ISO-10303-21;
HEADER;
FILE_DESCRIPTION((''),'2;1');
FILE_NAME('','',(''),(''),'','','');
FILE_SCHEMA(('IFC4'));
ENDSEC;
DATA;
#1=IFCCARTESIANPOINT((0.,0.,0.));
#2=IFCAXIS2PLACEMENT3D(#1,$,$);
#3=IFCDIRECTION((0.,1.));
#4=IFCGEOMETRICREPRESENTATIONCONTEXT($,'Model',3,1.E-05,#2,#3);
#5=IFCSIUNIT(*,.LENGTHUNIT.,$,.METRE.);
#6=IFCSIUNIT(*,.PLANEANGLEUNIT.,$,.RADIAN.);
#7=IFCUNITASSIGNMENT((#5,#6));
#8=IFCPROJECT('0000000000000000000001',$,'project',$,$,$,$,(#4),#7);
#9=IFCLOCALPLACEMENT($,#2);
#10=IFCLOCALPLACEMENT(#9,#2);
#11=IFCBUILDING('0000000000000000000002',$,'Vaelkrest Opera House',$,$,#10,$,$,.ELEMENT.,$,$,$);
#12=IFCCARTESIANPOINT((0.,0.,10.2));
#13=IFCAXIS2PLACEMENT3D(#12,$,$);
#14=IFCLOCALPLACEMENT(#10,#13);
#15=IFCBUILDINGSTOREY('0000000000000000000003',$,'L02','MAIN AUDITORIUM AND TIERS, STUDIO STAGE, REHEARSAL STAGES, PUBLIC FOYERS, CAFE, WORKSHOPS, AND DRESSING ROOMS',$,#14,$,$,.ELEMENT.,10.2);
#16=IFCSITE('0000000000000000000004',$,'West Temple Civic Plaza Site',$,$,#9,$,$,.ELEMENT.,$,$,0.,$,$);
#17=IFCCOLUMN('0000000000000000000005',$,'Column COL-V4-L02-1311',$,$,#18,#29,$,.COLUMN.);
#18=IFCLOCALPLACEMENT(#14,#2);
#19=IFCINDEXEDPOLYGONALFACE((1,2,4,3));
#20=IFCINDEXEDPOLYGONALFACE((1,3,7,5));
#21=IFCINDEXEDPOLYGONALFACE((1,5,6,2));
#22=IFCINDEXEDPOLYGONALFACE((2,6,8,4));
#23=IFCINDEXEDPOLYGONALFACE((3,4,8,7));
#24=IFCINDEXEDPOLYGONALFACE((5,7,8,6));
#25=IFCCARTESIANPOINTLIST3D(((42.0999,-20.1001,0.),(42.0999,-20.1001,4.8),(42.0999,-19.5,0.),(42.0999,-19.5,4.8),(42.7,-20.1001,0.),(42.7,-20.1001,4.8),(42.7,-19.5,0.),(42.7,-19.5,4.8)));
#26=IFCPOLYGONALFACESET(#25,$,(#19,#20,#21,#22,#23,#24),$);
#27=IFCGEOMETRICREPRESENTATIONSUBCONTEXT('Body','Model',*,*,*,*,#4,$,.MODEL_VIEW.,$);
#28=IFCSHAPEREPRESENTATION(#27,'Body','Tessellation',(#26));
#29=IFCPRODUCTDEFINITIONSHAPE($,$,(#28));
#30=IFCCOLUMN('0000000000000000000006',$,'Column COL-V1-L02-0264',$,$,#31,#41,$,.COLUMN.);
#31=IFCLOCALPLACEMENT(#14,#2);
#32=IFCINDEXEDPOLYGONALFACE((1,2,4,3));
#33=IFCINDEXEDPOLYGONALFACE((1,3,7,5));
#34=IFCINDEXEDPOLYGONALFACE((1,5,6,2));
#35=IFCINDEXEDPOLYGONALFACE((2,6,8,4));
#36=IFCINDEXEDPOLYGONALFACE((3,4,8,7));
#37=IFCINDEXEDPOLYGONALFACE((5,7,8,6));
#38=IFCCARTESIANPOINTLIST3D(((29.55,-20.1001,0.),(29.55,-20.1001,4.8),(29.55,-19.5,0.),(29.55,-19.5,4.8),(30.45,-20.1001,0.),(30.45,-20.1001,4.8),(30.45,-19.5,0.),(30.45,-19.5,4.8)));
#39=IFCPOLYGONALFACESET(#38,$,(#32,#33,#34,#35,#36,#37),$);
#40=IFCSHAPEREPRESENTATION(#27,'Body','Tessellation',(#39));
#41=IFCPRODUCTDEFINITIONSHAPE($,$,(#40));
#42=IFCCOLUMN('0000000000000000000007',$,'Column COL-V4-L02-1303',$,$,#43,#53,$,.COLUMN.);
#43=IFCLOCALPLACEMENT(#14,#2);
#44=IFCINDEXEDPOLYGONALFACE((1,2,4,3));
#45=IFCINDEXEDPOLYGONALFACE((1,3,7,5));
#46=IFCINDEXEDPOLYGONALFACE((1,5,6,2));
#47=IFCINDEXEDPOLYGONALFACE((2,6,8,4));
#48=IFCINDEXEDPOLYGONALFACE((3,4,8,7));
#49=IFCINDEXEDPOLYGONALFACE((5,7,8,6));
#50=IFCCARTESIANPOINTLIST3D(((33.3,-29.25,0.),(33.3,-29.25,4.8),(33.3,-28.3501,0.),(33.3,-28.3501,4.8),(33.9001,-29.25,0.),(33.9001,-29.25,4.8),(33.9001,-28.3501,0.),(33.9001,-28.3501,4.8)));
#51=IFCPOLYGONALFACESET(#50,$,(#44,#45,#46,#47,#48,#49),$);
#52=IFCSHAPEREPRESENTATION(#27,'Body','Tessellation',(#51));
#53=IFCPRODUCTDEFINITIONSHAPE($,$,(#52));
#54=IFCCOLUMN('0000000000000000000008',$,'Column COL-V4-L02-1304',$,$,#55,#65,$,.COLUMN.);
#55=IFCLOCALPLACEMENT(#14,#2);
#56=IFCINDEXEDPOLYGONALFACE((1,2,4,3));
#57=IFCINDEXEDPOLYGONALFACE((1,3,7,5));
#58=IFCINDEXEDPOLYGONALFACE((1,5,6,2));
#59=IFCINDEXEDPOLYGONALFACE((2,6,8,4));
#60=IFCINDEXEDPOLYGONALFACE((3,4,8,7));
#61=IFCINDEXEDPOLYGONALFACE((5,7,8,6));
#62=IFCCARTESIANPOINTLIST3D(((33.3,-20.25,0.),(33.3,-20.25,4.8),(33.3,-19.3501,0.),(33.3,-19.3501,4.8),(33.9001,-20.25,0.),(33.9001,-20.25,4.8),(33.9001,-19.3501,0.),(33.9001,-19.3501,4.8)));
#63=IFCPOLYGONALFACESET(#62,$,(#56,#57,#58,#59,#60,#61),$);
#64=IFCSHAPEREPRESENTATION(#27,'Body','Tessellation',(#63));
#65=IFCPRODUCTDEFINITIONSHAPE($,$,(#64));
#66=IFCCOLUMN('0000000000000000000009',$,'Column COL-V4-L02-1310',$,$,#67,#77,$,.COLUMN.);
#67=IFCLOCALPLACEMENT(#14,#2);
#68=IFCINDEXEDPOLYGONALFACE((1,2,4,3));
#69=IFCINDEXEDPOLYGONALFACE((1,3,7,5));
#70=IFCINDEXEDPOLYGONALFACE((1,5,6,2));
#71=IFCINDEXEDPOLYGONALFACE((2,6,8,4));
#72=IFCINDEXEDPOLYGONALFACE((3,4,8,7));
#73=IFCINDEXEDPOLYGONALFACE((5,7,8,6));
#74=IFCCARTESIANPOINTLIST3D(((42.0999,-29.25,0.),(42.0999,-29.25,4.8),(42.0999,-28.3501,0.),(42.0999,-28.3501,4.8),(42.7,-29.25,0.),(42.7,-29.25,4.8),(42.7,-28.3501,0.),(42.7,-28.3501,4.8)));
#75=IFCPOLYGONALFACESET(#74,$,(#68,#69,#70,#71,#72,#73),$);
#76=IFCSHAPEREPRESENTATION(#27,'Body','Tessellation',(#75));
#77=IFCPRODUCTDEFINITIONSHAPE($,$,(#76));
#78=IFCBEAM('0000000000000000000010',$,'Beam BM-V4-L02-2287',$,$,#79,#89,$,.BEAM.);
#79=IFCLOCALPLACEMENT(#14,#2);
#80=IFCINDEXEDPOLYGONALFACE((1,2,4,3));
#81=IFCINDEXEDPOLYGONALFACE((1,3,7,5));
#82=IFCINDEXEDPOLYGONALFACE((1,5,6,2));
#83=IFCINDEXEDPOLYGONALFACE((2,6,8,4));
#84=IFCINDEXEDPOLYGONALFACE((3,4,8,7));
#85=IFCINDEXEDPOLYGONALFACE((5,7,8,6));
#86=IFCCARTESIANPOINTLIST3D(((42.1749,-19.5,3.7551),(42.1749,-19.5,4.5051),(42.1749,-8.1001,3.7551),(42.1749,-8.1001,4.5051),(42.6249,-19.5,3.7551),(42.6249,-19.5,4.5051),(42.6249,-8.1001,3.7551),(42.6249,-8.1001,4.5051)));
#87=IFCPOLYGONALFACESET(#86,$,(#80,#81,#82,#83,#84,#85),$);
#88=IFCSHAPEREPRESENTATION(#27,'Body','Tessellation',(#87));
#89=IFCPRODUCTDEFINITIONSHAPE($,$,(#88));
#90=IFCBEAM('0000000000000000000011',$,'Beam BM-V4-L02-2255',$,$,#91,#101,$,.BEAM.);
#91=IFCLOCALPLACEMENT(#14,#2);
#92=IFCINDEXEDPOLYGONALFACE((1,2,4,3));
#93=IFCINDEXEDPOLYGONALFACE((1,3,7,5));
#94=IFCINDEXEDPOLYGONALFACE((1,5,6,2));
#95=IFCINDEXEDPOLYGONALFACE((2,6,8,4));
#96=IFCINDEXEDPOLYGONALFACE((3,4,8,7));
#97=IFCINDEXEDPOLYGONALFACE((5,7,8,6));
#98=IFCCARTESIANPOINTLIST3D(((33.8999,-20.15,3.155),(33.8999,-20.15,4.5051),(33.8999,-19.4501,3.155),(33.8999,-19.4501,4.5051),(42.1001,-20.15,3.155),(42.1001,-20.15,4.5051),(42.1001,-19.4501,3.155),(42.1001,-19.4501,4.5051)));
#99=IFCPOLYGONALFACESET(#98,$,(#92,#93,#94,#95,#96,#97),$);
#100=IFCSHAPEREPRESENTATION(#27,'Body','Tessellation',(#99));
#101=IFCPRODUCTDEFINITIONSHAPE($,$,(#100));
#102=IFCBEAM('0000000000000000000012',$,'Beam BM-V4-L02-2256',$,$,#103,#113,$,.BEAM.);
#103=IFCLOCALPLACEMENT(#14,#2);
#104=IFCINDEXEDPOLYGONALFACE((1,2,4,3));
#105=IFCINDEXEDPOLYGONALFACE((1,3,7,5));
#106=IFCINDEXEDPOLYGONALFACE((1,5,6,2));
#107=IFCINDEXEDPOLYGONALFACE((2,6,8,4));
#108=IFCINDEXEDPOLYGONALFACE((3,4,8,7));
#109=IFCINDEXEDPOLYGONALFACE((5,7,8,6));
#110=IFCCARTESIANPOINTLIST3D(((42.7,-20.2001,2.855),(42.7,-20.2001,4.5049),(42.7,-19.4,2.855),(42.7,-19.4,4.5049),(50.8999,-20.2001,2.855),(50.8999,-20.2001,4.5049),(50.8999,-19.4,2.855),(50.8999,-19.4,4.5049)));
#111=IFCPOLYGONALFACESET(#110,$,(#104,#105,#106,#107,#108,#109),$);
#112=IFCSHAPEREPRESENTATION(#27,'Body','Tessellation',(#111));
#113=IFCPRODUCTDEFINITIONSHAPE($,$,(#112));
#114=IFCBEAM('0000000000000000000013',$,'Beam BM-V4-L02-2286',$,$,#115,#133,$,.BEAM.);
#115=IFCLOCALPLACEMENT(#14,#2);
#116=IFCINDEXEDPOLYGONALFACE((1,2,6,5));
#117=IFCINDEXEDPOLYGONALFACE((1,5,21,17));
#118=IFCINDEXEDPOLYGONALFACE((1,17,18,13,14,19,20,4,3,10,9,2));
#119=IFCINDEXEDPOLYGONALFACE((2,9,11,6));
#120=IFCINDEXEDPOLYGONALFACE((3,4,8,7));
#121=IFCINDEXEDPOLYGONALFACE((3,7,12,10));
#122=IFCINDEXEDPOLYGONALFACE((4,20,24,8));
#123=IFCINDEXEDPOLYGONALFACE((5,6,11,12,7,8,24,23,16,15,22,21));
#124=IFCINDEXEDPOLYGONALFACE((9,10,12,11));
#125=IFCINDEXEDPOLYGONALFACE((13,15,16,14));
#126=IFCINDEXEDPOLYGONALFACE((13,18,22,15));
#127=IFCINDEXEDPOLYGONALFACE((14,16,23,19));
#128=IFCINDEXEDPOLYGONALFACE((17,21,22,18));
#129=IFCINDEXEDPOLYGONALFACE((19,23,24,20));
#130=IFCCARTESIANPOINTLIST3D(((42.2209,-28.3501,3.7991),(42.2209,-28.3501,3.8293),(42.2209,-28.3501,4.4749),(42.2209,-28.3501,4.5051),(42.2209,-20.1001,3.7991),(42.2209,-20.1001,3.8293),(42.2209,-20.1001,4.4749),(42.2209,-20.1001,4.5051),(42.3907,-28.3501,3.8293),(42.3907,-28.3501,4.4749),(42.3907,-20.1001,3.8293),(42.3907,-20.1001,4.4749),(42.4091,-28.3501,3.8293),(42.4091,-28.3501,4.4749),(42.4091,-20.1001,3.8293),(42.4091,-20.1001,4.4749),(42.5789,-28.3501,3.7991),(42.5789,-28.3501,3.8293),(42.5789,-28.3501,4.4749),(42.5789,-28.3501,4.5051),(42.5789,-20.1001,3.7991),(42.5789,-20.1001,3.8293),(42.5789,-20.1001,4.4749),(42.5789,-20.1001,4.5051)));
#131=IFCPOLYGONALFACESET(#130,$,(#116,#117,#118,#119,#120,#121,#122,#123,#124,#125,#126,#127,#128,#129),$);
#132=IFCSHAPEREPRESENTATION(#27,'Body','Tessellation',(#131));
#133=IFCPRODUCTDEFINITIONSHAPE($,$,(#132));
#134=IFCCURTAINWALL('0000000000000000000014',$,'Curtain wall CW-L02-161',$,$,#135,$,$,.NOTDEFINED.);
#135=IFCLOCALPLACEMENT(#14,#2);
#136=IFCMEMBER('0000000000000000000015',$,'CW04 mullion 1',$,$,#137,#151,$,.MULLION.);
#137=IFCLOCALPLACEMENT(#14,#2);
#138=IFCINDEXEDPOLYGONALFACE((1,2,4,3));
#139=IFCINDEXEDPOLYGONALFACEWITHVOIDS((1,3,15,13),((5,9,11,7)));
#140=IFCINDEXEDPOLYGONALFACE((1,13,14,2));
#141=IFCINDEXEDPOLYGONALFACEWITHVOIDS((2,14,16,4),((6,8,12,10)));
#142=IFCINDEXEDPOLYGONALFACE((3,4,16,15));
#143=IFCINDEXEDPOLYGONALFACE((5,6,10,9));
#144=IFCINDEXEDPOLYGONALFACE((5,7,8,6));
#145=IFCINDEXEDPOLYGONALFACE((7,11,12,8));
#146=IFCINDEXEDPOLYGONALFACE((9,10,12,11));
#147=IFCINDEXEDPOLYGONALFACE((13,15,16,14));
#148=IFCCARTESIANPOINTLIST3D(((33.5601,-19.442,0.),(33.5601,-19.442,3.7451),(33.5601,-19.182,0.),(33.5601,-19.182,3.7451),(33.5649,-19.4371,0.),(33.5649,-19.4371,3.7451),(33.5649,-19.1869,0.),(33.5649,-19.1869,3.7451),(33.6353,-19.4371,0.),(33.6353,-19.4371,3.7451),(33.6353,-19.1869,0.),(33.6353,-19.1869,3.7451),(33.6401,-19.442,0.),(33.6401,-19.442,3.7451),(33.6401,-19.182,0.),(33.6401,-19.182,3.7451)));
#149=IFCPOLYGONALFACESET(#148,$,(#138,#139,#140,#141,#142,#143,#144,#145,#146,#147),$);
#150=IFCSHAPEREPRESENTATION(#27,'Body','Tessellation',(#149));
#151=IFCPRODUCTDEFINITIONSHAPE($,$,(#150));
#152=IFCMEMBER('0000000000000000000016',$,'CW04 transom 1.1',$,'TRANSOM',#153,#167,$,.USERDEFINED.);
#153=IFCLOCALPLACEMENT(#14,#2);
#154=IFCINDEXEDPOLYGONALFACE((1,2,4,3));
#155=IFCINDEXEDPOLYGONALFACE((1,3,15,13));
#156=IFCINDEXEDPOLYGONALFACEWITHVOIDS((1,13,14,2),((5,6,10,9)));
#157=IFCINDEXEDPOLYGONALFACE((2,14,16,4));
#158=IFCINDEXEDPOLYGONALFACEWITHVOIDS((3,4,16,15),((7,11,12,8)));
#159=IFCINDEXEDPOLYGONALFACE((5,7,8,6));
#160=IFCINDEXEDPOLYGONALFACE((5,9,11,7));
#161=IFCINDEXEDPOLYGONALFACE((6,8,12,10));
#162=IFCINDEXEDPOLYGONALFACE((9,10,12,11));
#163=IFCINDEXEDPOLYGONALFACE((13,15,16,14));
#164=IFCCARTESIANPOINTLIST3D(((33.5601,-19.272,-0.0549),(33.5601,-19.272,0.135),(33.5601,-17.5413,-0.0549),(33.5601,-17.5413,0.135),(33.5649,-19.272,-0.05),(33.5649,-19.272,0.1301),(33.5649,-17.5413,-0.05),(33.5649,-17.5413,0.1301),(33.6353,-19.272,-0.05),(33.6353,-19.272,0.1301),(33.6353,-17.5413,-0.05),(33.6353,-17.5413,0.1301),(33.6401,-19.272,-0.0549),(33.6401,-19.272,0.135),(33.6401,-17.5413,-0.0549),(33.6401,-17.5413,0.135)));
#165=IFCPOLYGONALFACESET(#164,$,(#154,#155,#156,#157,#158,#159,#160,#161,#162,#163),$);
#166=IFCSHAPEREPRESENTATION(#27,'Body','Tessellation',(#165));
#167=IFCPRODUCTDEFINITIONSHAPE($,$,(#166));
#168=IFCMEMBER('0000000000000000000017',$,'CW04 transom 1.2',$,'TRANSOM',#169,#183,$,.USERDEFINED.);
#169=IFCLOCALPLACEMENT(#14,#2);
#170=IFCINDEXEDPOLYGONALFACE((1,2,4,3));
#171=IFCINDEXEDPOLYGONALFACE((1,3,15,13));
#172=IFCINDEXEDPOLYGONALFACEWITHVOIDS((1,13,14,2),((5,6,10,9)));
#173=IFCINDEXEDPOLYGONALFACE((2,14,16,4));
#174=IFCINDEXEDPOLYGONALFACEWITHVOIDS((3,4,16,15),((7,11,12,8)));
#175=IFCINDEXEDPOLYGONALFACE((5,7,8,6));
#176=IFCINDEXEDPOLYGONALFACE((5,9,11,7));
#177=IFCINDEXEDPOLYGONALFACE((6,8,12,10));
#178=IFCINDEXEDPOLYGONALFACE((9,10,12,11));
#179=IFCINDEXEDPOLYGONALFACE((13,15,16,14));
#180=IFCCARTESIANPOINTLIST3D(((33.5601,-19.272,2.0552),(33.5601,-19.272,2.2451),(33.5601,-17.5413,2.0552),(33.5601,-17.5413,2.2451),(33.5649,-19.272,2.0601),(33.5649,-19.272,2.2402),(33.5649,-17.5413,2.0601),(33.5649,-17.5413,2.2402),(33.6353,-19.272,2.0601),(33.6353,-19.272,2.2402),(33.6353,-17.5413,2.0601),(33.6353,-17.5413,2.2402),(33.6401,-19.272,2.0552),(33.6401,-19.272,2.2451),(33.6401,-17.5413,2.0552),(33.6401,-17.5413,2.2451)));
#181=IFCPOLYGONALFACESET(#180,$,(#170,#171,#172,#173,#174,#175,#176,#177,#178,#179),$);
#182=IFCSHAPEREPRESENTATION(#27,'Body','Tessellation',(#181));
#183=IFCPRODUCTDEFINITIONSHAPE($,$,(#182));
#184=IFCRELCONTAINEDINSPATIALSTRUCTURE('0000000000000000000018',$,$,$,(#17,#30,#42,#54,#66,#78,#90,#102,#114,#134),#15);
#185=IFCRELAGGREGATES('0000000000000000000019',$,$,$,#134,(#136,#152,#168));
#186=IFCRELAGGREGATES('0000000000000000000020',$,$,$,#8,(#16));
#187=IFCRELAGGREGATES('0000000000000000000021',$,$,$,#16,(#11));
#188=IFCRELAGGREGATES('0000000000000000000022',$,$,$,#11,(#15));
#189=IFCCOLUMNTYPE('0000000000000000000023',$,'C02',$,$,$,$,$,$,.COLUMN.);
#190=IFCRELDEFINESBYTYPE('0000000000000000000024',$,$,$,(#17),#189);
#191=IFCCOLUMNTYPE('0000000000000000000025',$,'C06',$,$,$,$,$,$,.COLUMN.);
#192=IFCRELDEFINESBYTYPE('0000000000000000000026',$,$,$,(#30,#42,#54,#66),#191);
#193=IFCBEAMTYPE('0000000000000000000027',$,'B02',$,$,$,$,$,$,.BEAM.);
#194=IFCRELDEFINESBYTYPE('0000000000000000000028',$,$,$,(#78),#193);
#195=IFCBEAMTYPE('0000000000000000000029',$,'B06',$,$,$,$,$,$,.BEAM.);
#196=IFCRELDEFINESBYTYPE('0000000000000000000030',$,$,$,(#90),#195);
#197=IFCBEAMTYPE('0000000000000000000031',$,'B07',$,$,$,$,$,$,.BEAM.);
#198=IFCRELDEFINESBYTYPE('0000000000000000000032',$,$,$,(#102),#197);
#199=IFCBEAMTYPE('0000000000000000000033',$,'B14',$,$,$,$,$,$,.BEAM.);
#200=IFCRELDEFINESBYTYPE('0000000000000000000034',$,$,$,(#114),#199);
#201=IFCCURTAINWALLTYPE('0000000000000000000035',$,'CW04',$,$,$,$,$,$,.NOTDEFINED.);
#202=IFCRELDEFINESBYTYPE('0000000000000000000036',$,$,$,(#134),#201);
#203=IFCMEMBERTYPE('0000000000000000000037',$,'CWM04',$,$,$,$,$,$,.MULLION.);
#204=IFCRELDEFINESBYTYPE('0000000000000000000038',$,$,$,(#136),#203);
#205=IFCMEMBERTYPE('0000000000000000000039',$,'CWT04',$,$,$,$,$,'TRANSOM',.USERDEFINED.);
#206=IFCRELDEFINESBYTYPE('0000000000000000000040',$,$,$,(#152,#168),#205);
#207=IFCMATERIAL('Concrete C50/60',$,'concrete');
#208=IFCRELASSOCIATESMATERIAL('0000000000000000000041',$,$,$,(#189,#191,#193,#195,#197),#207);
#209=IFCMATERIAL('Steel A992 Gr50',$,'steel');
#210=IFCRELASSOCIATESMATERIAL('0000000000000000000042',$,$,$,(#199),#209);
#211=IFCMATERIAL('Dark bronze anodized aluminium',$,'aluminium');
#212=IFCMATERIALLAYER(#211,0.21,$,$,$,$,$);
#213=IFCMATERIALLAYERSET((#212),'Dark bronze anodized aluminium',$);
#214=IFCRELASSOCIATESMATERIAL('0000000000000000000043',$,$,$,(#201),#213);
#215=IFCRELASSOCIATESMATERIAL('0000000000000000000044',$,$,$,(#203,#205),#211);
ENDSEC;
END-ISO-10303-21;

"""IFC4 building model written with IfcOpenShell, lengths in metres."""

from ifc_helpers import new_model, si_unit, direction, frame, origin, origin_2d, place, context, subcontext, project, spatial, rectangle, hollow_rectangle, i_section, extrude, material, layer, layer_set, material_profile, profile_set, type_object, element, aggregate, save


model = new_model("IFC4")

# Units and contexts
model_context = context("Model", 3, precision=1e-05, world=origin(), true_north=direction((0.0, 1.0)))
body_context = subcontext(model_context, "Body", "Model", "MODEL_VIEW")
ifc_project = project(units=[si_unit("LENGTHUNIT", "METRE"), si_unit("PLANEANGLEUNIT", "RADIAN")], contexts=[model_context])

# Site, building, storey
site_placement = place(None, origin())
site = spatial("IfcSite", under=ifc_project, at=site_placement, Name="West Temple Civic Plaza Site", CompositionType="ELEMENT", RefElevation=0.0)
building_placement = place(site_placement, origin())
building = spatial("IfcBuilding", under=site, at=building_placement, Name="Vaelkrest Opera House", CompositionType="ELEMENT")
storey_placement = place(building_placement, frame((0.0, 0.0, 10.2)))
storey = spatial("IfcBuildingStorey", under=building, at=storey_placement, Name="L02", Description="MAIN AUDITORIUM AND TIERS, STUDIO STAGE, REHEARSAL STAGES, PUBLIC FOYERS, CAFE, WORKSHOPS, AND DRESSING ROOMS", CompositionType="ELEMENT", Elevation=10.2)

# Columns
ifc_material_1 = material(Name="Concrete C50/60", Category="concrete")
ifc_material_profile_1 = material_profile(ifc_material_1, rectangle(XDim=0.6001, YDim=0.6001, at=origin_2d()), Name="RC600X600")
ifc_profile_set_1 = profile_set([ifc_material_profile_1], Name="Concrete C50/60")
column_type_1 = type_object("IfcColumnType", Name="C02", PredefinedType="COLUMN", material=ifc_profile_set_1)
column_placement = place(storey_placement, frame((42.3999, -19.8, 0.0), z_axis=(0.0, 0.0, 1.0), x_axis=(1.0, 0.0, 0.0)))
element("IfcColumn", 1, at=column_placement, inside=storey, type_object=column_type_1, Name="Column COL-V4-L02-1311", PredefinedType="COLUMN", context=body_context, shape_type="SweptSolid", body=[
    extrude(rectangle(XDim=0.6001, YDim=0.6001, at=origin_2d()), origin(), (0.0, 0.0, 1.0), 4.8),
])
ifc_material_profile_2 = material_profile(ifc_material_1, rectangle(XDim=0.6001, YDim=0.8999, at=origin_2d()), Name="RC600X900")
ifc_profile_set_2 = profile_set([ifc_material_profile_2], Name="Concrete C50/60")
column_type_2 = type_object("IfcColumnType", Name="C06", PredefinedType="COLUMN", material=ifc_profile_set_2)
for number, where, z_axis, x_axis, name in (
    (2, (30.0, -19.8, 0.0), (0.0, 0.0, 1.0), (0.0, 1.0, 0.0), "Column COL-V1-L02-0264"),
    (3, (33.6001, -28.8, 0.0), (0.0, 0.0, 1.0), (1.0, 0.0, 0.0), "Column COL-V4-L02-1303"),
    (4, (33.6001, -19.8, 0.0), (0.0, 0.0, 1.0), (1.0, 0.0, 0.0), "Column COL-V4-L02-1304"),
    (5, (42.3999, -28.8, 0.0), (0.0, 0.0, 1.0), (1.0, 0.0, 0.0), "Column COL-V4-L02-1310"),
):
    element("IfcColumn", number, at=place(storey_placement, frame(where, z_axis=z_axis, x_axis=x_axis)), inside=storey, type_object=column_type_2, Name=name, PredefinedType="COLUMN", context=body_context, shape_type="SweptSolid", body=[
        extrude(rectangle(XDim=0.6001, YDim=0.8999, at=origin_2d()), origin(), (0.0, 0.0, 1.0), 4.8),
    ])

# Beams
ifc_material_profile_3 = material_profile(ifc_material_1, rectangle(XDim=0.45, YDim=0.75, at=origin_2d()), Name="RCB450X750")
ifc_profile_set_3 = profile_set([ifc_material_profile_3], Name="Concrete C50/60")
beam_type_1 = type_object("IfcBeamType", Name="B02", PredefinedType="BEAM", material=ifc_profile_set_3)
beam_1_placement = place(storey_placement, frame((42.3999, -19.5, 4.1301), z_axis=(0.0, 1.0, 0.0), x_axis=(-1.0, 0.0, 0.0)))
element("IfcBeam", 6, at=beam_1_placement, inside=storey, type_object=beam_type_1, Name="Beam BM-V4-L02-2287", PredefinedType="BEAM", context=body_context, shape_type="SweptSolid", body=[
    extrude(rectangle(XDim=0.45, YDim=0.75, at=origin_2d()), origin(), (0.0, 0.0, 1.0), 11.3999),
])
ifc_material_profile_4 = material_profile(ifc_material_1, rectangle(XDim=0.7, YDim=1.3501, at=origin_2d()), Name="RCB700X1350")
ifc_profile_set_4 = profile_set([ifc_material_profile_4], Name="Concrete C50/60")
beam_type_2 = type_object("IfcBeamType", Name="B06", PredefinedType="BEAM", material=ifc_profile_set_4)
beam_2_placement = place(storey_placement, frame((33.8999, -19.8, 3.8301), z_axis=(1.0, 0.0, 0.0), x_axis=(0.0, 1.0, 0.0)))
element("IfcBeam", 7, at=beam_2_placement, inside=storey, type_object=beam_type_2, Name="Beam BM-V4-L02-2255", PredefinedType="BEAM", context=body_context, shape_type="SweptSolid", body=[
    extrude(rectangle(XDim=0.7, YDim=1.3501, at=origin_2d()), origin(), (0.0, 0.0, 1.0), 8.2002),
])
ifc_material_profile_5 = material_profile(ifc_material_1, rectangle(XDim=0.8, YDim=1.6499, at=origin_2d()), Name="RCB800X1650")
ifc_profile_set_5 = profile_set([ifc_material_profile_5], Name="Concrete C50/60")
beam_type_3 = type_object("IfcBeamType", Name="B07", PredefinedType="BEAM", material=ifc_profile_set_5)
beam_3_placement = place(storey_placement, frame((42.7, -19.8, 3.6799), z_axis=(1.0, 0.0, 0.0), x_axis=(0.0, 1.0, 0.0)))
element("IfcBeam", 8, at=beam_3_placement, inside=storey, type_object=beam_type_3, Name="Beam BM-V4-L02-2256", PredefinedType="BEAM", context=body_context, shape_type="SweptSolid", body=[
    extrude(rectangle(XDim=0.8, YDim=1.6499, at=origin_2d()), origin(), (0.0, 0.0, 1.0), 8.2),
])
ifc_material_2 = material(Name="Steel A992 Gr50", Category="steel")
ifc_material_profile_6 = material_profile(ifc_material_2, i_section(OverallWidth=0.3579, OverallDepth=0.7061, WebThickness=0.0183, FlangeThickness=0.0303, at=origin_2d()), Name="W27X178")
ifc_profile_set_6 = profile_set([ifc_material_profile_6], Name="Steel A992 Gr50")
beam_type_4 = type_object("IfcBeamType", Name="B14", PredefinedType="BEAM", material=ifc_profile_set_6)
beam_4_placement = place(storey_placement, frame((42.3999, -28.3501, 4.1521), z_axis=(0.0, 1.0, 0.0), x_axis=(-1.0, 0.0, 0.0)))
element("IfcBeam", 9, at=beam_4_placement, inside=storey, type_object=beam_type_4, Name="Beam BM-V4-L02-2286", PredefinedType="BEAM", context=body_context, shape_type="SweptSolid", body=[
    extrude(i_section(OverallWidth=0.3579, OverallDepth=0.7061, WebThickness=0.0183, FlangeThickness=0.0303, at=origin_2d()), origin(), (0.0, 0.0, 1.0), 8.25),
])

# Curtain wall, members
ifc_material_3 = material(Name="Dark bronze anodized aluminium", Category="aluminium")
ifc_layer_1 = layer(ifc_material_3, 0.21)
ifc_layer_set_1 = layer_set([ifc_layer_1], Name="Dark bronze anodized aluminium")
curtain_wall_type = type_object("IfcCurtainWallType", Name="CW04", PredefinedType="NOTDEFINED", material=ifc_layer_set_1)
curtain_wall_placement = place(storey_placement, origin())
curtain_wall = element("IfcCurtainWall", 10, at=curtain_wall_placement, inside=storey, type_object=curtain_wall_type, Name="Curtain wall CW-L02-161", PredefinedType="NOTDEFINED")
ifc_material_profile_7 = material_profile(ifc_material_3, hollow_rectangle(XDim=0.0801, YDim=0.26, WallThickness=0.0049, at=origin_2d()), Name="CWM80X260")
ifc_profile_set_7 = profile_set([ifc_material_profile_7], Name="Dark bronze anodized aluminium")
member_type_1 = type_object("IfcMemberType", Name="CWM04", PredefinedType="MULLION", material=ifc_profile_set_7)
member_1_placement = place(storey_placement, frame((33.6001, -19.312, 0.0), z_axis=(0.0, 0.0, 1.0), x_axis=(-1.0, 0.0, 0.0)))
member_1 = element("IfcMember", 11, at=member_1_placement, type_object=member_type_1, Name="CW04 mullion 1", PredefinedType="MULLION", context=body_context, shape_type="SweptSolid", body=[
    extrude(hollow_rectangle(XDim=0.0801, YDim=0.26, WallThickness=0.0049, at=origin_2d()), origin(), (0.0, 0.0, 1.0), 3.7451),
])
ifc_material_profile_8 = material_profile(ifc_material_3, hollow_rectangle(XDim=0.0801, YDim=0.1899, WallThickness=0.0049, at=origin_2d()), Name="CWT80X190")
ifc_profile_set_8 = profile_set([ifc_material_profile_8], Name="Dark bronze anodized aluminium")
member_type_2 = type_object("IfcMemberType", Name="CWT04", ElementType="TRANSOM", PredefinedType="USERDEFINED", material=ifc_profile_set_8)
member_2_placement = place(storey_placement, frame((33.6001, -19.272, 0.04), z_axis=(0.0, 1.0, 0.0), x_axis=(-1.0, 0.0, 0.0)))
member_2 = element("IfcMember", 12, at=member_2_placement, type_object=member_type_2, Name="CW04 transom 1.1", ObjectType="TRANSOM", PredefinedType="USERDEFINED", context=body_context, shape_type="SweptSolid", body=[
    extrude(hollow_rectangle(XDim=0.0801, YDim=0.1899, WallThickness=0.0049, at=origin_2d()), origin(), (0.0, 0.0, 1.0), 1.7307),
])
member_3_placement = place(storey_placement, frame((33.6001, -19.272, 2.1501), z_axis=(0.0, 1.0, 0.0), x_axis=(-1.0, 0.0, 0.0)))
member_3 = element("IfcMember", 13, at=member_3_placement, type_object=member_type_2, Name="CW04 transom 1.2", ObjectType="TRANSOM", PredefinedType="USERDEFINED", context=body_context, shape_type="SweptSolid", body=[
    extrude(hollow_rectangle(XDim=0.0801, YDim=0.1899, WallThickness=0.0049, at=origin_2d()), origin(), (0.0, 0.0, 1.0), 1.7307),
])
aggregate(curtain_wall, [member_1, member_2, member_3])

save(model, "model.ifc")
